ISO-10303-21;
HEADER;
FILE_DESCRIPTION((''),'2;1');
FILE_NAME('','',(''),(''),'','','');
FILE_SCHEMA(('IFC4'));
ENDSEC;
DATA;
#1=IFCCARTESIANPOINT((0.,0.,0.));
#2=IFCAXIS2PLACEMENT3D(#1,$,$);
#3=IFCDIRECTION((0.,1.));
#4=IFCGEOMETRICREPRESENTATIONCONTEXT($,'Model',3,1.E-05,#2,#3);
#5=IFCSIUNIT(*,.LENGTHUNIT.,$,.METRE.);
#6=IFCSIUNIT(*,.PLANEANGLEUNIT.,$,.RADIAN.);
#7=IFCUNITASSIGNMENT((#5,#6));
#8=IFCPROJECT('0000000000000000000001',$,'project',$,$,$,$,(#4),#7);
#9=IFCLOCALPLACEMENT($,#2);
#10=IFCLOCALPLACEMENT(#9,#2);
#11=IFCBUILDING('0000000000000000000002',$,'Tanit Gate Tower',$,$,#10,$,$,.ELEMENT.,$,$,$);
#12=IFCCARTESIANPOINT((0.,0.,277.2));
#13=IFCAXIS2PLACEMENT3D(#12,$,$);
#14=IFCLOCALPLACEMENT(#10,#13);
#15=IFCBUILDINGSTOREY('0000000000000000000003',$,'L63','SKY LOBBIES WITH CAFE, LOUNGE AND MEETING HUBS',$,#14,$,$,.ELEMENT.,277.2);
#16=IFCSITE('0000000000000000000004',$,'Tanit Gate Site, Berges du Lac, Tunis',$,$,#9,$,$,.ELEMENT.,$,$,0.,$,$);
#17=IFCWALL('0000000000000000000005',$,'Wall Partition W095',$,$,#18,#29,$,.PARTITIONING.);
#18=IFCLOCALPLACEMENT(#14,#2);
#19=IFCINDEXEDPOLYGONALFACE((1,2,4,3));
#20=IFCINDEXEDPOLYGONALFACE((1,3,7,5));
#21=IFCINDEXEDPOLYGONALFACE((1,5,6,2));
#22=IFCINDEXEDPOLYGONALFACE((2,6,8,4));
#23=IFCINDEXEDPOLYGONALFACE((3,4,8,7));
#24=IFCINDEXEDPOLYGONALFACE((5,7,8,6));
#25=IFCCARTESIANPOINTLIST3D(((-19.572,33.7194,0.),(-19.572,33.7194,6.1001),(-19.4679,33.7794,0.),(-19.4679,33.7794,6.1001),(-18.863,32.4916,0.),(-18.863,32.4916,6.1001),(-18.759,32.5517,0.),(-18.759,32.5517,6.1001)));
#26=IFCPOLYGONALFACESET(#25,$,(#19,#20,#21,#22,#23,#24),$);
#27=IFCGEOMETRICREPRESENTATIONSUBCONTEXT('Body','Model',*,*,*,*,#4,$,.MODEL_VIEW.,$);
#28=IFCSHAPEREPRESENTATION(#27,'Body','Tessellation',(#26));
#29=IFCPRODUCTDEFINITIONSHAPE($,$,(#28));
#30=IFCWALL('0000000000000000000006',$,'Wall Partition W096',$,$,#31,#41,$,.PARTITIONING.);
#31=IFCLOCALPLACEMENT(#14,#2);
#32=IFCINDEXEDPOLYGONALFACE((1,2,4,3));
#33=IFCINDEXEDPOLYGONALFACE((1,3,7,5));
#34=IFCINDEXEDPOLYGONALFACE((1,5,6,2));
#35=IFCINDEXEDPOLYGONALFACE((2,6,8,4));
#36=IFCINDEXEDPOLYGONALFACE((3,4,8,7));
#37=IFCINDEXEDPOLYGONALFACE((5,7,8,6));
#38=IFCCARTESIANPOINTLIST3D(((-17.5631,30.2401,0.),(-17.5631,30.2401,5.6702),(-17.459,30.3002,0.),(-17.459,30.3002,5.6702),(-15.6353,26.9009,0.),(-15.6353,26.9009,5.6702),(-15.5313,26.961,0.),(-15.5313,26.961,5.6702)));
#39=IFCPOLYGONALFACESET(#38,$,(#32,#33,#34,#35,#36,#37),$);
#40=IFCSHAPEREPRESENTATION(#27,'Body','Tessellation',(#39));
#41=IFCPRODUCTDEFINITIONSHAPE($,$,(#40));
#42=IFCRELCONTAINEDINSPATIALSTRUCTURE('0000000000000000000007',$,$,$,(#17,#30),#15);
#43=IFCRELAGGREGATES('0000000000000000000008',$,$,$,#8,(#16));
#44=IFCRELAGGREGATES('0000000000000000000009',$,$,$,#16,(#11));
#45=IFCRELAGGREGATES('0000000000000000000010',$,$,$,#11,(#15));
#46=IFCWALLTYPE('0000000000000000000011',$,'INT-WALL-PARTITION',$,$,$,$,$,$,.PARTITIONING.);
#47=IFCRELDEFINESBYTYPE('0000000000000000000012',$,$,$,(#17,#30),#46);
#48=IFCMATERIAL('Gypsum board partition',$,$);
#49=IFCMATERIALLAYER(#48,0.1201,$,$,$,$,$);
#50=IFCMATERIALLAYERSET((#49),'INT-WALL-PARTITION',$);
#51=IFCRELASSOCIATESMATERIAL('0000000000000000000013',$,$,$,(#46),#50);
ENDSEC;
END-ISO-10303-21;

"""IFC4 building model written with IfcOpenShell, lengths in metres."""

from ifc_helpers import new_model, si_unit, direction, frame, frame_2d, origin, place, context, subcontext, project, spatial, rectangle, extrude, material, layer, layer_set, type_object, element, save


model = new_model("IFC4")

# Units and contexts
model_context = context("Model", 3, precision=1e-05, world=origin(), true_north=direction((0.0, 1.0)))
body_context = subcontext(model_context, "Body", "Model", "MODEL_VIEW")
ifc_project = project(units=[si_unit("LENGTHUNIT", "METRE"), si_unit("PLANEANGLEUNIT", "RADIAN")], contexts=[model_context])

# Site, building, storey
site_placement = place(None, origin())
site = spatial("IfcSite", under=ifc_project, at=site_placement, Name="Tanit Gate Site, Berges du Lac, Tunis", CompositionType="ELEMENT", RefElevation=0.0)
building_placement = place(site_placement, origin())
building = spatial("IfcBuilding", under=site, at=building_placement, Name="Tanit Gate Tower", CompositionType="ELEMENT")
storey_placement = place(building_placement, frame((0.0, 0.0, 277.2)))
storey = spatial("IfcBuildingStorey", under=building, at=storey_placement, Name="L63", Description="SKY LOBBIES WITH CAFE, LOUNGE AND MEETING HUBS", CompositionType="ELEMENT", Elevation=277.2)

# Shared definitions
ifc_material_1 = material(Name="Gypsum board partition")
ifc_layer_1 = layer(ifc_material_1, 0.1201)
ifc_layer_set_1 = layer_set([ifc_layer_1], Name="INT-WALL-PARTITION")
wall_type = type_object("IfcWallType", Name="INT-WALL-PARTITION", PredefinedType="PARTITIONING", material=ifc_layer_set_1)

# Walls
wall_1_placement = place(storey_placement, frame((-19.52, 33.7495, 0.0), z_axis=(0.0, 0.0, 1.0), x_axis=(0.500065, -0.865988, 0.0)))
element("IfcWall", 1, at=wall_1_placement, inside=storey, type_object=wall_type, Name="Wall Partition W095", PredefinedType="PARTITIONING", context=body_context, shape_type="SweptSolid", body=[
    extrude(rectangle(XDim=1.4177, YDim=0.1201, at=frame_2d((0.709, 0.0))), origin(), (0.0, 0.0, 1.0), 6.1001),
])
wall_2_placement = place(storey_placement, frame((-17.511, 30.27, 0.0), z_axis=(0.0, 0.0, 1.0), x_axis=(0.49998, -0.866037, 0.0)))
element("IfcWall", 2, at=wall_2_placement, inside=storey, type_object=wall_type, Name="Wall Partition W096", PredefinedType="PARTITIONING", context=body_context, shape_type="SweptSolid", body=[
    extrude(rectangle(XDim=3.8557, YDim=0.1201, at=frame_2d((1.9277, 0.0))), origin(), (0.0, 0.0, 1.0), 5.6702),
])

save(model, "model.ifc")
